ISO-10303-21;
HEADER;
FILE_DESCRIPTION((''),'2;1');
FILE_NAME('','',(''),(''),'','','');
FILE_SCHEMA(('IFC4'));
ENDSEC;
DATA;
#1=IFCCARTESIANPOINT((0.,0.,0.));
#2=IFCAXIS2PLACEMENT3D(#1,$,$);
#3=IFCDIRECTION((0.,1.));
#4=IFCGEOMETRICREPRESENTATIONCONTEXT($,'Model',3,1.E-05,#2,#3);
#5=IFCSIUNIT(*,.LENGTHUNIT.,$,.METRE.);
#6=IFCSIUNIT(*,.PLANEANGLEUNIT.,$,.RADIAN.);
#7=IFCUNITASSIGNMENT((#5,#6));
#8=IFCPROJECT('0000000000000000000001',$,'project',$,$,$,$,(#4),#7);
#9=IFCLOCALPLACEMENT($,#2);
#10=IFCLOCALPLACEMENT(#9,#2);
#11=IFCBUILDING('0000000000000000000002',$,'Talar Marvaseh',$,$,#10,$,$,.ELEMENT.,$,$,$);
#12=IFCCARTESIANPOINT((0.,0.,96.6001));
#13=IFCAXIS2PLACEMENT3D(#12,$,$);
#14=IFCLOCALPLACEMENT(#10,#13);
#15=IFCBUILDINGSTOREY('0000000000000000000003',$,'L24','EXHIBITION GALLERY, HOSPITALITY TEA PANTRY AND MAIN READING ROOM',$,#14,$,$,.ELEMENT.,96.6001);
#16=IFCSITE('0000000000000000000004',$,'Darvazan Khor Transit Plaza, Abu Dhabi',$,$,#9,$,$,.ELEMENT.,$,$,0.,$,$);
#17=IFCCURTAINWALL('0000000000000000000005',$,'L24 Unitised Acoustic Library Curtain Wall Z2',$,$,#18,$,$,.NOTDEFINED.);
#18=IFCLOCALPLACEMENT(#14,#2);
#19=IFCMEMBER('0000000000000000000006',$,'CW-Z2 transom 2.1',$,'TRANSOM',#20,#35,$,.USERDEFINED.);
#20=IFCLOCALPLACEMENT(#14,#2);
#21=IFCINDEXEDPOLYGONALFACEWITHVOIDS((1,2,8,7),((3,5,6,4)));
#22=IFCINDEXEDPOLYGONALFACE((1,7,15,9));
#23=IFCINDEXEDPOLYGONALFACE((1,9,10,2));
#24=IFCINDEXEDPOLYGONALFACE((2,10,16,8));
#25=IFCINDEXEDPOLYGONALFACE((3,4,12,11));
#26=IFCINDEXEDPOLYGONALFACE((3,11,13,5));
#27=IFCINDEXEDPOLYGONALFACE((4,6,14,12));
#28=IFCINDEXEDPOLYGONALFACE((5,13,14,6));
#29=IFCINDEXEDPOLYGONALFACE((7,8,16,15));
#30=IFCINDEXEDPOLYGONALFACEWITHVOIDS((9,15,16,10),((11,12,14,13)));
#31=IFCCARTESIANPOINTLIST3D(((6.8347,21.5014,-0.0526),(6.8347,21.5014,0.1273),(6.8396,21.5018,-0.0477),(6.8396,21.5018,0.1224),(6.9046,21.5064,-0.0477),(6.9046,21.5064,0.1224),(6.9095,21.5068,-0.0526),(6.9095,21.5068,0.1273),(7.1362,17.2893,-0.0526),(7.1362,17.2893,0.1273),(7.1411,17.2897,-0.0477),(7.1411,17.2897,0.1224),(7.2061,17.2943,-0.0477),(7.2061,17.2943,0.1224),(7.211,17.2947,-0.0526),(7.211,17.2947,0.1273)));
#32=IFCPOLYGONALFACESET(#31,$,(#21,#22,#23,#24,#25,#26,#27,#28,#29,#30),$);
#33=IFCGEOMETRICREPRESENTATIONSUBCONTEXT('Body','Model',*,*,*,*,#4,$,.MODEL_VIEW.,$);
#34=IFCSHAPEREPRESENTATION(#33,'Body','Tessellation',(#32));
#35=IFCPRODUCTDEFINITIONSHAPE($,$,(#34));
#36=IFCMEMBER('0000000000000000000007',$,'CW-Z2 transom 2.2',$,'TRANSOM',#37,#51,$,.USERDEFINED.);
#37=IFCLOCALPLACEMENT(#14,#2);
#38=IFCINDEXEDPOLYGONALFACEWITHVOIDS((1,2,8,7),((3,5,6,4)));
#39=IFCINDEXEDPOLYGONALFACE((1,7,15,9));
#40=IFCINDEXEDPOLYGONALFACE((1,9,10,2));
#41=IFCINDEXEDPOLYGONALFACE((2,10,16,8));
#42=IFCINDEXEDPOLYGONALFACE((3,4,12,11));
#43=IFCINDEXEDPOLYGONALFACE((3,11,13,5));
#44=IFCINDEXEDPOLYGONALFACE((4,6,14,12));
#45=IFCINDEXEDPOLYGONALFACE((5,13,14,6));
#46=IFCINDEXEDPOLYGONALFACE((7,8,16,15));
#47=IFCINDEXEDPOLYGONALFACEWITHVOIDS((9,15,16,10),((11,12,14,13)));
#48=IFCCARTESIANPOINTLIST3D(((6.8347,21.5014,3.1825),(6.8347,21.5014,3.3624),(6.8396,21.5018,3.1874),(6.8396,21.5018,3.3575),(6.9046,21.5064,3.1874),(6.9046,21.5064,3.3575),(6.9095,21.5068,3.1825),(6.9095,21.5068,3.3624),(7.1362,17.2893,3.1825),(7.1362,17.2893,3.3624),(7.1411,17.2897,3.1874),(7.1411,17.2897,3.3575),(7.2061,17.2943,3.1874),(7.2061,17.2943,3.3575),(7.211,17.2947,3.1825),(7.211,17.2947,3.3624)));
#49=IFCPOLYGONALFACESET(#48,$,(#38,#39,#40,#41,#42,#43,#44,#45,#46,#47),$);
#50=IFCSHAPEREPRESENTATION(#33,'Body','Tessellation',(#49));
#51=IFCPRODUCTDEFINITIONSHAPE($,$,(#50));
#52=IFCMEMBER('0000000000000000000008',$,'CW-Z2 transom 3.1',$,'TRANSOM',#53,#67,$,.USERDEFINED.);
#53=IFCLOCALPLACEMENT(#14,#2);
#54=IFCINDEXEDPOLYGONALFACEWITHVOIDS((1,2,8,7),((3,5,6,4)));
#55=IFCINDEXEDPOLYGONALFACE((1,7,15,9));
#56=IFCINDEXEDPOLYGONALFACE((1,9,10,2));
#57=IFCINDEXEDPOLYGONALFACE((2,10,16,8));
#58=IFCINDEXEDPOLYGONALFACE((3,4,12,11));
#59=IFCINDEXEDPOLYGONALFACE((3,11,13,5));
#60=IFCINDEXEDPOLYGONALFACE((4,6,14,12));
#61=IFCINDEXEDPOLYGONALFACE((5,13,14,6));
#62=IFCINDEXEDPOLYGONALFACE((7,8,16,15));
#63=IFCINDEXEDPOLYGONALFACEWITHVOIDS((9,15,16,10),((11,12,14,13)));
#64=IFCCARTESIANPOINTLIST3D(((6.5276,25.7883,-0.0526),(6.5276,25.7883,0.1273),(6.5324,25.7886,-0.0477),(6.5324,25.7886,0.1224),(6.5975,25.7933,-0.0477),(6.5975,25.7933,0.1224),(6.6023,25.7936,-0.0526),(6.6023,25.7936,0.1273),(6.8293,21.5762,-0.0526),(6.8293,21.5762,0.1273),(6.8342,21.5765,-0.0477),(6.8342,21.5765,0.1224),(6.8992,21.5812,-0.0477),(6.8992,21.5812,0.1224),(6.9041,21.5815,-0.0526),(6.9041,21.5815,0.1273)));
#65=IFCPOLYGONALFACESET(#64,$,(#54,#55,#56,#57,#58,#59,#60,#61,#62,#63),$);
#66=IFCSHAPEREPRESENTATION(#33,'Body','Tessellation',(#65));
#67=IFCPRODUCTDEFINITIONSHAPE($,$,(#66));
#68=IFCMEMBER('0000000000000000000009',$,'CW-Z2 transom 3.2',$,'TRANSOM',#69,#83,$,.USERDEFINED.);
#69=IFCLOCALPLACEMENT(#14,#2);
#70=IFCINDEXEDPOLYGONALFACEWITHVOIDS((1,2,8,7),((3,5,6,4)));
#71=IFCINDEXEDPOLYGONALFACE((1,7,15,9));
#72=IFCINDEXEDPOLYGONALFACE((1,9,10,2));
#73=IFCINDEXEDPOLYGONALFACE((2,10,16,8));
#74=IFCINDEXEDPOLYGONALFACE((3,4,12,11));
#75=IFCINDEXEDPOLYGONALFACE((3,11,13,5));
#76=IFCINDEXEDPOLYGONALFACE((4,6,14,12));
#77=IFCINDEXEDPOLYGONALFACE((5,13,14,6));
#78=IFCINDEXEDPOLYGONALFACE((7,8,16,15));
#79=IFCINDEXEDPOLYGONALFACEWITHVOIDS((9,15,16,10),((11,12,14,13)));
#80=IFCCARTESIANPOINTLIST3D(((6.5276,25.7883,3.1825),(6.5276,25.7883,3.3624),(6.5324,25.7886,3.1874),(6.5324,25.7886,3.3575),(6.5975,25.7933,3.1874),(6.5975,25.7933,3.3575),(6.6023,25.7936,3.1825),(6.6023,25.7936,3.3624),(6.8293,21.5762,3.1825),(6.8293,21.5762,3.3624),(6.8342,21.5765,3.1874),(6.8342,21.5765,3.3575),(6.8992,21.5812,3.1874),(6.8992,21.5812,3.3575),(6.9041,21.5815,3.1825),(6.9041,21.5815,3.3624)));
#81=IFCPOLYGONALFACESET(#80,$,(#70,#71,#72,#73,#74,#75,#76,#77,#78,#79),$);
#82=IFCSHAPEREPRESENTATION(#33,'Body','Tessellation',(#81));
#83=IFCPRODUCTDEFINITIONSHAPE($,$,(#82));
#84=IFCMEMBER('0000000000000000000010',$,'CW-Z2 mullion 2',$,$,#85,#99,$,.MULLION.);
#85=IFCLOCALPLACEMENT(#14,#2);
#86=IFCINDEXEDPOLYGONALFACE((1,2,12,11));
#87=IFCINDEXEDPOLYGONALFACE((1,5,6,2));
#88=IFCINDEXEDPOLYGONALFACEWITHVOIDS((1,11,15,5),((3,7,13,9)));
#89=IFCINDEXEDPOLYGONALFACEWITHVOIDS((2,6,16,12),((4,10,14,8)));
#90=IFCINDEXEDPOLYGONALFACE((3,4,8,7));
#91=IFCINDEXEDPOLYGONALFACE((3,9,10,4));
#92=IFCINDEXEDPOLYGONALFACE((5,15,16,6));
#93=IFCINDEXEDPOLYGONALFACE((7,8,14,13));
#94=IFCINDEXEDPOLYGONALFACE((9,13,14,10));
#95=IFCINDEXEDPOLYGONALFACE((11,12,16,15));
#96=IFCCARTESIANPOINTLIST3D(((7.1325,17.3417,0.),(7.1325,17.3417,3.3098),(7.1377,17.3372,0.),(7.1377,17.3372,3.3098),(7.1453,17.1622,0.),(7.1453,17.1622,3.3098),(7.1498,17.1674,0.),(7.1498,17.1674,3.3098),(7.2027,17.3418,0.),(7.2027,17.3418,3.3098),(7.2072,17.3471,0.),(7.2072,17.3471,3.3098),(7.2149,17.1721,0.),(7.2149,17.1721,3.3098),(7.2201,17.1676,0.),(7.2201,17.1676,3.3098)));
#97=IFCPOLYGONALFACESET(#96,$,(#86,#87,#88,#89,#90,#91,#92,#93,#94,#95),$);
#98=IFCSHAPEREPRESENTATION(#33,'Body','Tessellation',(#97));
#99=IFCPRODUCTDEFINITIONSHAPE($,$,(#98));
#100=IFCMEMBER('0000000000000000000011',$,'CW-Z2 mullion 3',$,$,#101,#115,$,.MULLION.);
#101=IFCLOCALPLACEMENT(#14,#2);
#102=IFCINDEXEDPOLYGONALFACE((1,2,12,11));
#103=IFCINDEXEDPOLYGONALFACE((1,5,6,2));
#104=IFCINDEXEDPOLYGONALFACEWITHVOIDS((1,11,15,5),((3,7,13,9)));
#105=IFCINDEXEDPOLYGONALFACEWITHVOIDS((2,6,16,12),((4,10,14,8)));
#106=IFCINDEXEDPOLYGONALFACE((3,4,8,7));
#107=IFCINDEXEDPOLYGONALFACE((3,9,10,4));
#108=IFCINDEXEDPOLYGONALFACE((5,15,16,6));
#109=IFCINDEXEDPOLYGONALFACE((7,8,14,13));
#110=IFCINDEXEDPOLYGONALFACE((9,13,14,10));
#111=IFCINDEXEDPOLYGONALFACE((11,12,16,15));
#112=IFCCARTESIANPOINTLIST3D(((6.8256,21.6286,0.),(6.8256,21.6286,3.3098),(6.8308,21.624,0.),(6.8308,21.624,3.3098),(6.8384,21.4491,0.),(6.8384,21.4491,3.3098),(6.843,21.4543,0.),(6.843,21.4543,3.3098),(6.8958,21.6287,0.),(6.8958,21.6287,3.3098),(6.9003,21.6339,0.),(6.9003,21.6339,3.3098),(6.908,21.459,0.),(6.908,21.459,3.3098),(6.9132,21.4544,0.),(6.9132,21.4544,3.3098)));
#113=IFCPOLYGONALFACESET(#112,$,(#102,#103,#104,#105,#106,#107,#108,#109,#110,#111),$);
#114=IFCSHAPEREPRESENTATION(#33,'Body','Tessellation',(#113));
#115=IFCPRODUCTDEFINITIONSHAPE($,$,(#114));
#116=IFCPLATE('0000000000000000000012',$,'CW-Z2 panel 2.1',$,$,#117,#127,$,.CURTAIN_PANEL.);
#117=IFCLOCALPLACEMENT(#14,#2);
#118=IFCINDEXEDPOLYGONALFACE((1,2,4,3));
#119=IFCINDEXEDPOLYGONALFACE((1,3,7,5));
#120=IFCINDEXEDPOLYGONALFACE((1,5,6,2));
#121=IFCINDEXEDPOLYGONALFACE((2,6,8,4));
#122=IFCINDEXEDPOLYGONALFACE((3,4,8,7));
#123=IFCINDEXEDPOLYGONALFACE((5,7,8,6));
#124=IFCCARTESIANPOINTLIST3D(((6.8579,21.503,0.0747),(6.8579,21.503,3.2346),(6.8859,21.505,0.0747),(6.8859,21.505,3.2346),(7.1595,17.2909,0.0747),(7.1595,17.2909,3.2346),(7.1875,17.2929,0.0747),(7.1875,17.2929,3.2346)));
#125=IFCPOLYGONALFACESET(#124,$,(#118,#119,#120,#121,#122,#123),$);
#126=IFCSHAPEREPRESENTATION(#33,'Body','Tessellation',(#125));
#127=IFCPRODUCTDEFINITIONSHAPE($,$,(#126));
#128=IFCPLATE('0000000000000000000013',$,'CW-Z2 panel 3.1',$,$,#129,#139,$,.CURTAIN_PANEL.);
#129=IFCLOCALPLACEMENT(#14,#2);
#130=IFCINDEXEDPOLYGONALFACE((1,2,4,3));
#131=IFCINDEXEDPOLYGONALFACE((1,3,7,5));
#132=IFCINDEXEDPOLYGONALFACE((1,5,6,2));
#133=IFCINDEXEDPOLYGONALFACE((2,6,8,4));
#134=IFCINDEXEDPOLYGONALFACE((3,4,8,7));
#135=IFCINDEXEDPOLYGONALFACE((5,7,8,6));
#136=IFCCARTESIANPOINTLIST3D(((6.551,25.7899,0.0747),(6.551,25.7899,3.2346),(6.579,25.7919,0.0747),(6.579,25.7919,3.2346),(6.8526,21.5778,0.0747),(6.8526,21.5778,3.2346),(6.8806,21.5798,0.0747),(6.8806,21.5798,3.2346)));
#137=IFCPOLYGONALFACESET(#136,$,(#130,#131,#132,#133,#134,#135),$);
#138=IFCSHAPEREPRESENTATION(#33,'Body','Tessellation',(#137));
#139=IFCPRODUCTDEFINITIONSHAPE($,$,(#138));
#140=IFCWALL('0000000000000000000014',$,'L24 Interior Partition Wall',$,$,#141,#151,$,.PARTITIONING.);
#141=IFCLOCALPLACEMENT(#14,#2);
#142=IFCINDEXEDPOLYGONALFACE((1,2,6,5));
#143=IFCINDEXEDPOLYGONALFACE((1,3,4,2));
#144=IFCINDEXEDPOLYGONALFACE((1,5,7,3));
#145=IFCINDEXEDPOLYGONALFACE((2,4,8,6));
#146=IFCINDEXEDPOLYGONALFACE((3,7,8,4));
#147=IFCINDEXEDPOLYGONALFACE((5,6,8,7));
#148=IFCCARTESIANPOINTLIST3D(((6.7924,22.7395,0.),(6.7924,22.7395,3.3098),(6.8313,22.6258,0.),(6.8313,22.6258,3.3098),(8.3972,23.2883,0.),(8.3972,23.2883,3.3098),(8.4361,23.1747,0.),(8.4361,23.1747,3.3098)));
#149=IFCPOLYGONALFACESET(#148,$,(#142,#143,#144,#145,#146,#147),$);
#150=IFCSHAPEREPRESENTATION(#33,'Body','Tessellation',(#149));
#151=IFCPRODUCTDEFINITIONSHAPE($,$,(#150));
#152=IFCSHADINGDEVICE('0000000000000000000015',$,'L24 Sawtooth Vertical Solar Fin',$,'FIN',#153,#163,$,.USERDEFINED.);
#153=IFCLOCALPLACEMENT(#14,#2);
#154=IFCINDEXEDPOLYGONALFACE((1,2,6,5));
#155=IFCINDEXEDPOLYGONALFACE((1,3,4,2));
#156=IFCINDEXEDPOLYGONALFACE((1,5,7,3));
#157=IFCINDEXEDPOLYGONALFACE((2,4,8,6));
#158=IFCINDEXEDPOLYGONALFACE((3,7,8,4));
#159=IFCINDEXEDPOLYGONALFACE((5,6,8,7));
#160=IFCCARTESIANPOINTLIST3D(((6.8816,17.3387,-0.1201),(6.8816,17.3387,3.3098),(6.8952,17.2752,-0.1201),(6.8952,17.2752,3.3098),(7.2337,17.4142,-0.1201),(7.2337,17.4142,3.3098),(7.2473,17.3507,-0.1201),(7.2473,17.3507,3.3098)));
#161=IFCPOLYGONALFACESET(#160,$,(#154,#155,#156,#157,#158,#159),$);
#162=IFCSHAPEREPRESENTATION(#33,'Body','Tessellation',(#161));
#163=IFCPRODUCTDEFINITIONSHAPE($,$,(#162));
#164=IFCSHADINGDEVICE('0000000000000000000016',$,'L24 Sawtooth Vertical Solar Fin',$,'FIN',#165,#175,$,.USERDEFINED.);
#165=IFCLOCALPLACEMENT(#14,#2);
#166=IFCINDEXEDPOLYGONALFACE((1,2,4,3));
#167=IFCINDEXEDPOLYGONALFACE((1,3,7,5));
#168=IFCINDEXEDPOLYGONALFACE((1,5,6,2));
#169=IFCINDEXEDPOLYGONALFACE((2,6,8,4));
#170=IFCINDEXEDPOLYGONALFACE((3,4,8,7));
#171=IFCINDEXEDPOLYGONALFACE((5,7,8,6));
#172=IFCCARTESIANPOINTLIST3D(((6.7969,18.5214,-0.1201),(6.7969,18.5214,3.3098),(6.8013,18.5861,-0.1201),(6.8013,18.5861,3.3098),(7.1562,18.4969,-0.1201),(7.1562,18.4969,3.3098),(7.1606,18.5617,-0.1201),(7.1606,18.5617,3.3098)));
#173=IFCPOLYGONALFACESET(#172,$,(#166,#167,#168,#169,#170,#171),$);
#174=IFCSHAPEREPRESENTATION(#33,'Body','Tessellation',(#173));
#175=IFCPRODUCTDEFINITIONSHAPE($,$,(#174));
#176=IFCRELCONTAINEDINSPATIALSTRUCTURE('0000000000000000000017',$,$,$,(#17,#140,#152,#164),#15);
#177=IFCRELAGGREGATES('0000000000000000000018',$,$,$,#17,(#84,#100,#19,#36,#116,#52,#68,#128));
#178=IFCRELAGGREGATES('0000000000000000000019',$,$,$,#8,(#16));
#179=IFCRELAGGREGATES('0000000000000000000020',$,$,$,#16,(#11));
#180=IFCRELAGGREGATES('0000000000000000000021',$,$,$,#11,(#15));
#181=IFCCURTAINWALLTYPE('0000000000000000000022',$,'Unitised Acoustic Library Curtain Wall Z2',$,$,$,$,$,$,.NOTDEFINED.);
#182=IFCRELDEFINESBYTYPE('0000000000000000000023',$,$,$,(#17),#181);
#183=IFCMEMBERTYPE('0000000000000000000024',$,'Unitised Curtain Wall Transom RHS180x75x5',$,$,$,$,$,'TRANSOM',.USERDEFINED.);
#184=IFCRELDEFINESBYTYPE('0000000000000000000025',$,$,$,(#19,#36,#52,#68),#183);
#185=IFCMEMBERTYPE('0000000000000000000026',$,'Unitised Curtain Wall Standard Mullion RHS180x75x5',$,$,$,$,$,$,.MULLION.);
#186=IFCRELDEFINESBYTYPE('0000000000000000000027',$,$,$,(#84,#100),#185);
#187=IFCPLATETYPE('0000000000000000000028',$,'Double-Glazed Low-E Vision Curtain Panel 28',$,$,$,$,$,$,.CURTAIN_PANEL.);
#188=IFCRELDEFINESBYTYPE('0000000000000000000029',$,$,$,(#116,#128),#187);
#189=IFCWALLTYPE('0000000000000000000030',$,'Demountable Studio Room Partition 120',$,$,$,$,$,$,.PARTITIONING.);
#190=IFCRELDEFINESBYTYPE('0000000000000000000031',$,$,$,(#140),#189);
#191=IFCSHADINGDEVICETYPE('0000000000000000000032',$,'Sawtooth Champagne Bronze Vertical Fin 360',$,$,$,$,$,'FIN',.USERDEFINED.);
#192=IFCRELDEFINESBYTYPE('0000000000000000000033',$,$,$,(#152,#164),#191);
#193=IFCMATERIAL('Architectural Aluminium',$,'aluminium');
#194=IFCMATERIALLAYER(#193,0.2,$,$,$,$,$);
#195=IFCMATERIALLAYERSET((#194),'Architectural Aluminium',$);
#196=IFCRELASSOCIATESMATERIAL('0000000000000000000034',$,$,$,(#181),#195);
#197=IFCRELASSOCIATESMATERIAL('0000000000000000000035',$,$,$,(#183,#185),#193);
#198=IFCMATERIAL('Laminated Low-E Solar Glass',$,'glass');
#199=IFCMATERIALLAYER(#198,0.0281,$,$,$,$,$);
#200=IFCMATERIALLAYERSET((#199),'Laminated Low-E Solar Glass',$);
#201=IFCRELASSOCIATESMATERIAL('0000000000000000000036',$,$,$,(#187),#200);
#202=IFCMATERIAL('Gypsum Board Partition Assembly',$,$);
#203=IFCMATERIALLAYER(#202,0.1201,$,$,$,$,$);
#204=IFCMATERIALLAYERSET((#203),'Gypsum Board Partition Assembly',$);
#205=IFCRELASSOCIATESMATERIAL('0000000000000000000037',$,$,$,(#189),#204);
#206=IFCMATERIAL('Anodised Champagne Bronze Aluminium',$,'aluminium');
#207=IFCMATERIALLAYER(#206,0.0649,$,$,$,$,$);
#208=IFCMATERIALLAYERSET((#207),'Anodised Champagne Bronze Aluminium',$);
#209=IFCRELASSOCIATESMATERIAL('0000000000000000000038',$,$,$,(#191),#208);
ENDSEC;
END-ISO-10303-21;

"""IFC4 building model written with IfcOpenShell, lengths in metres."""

from ifc_helpers import new_model, si_unit, direction, frame, frame_2d, origin, origin_2d, place, context, subcontext, project, spatial, rectangle, hollow_rectangle, extrude, source, transform, mapped, material, layer, layer_set, material_profile, profile_set, type_object, type_shapes, element, aggregate, save


model = new_model("IFC4")

# Units and contexts
model_context = context("Model", 3, precision=1e-05, world=origin(), true_north=direction((0.0, 1.0)))
body_context = subcontext(model_context, "Body", "Model", "MODEL_VIEW")
ifc_project = project(units=[si_unit("LENGTHUNIT", "METRE"), si_unit("PLANEANGLEUNIT", "RADIAN")], contexts=[model_context])

# Site, building, storey
site_placement = place(None, origin())
site = spatial("IfcSite", under=ifc_project, at=site_placement, Name="Darvazan Khor Transit Plaza, Abu Dhabi", CompositionType="ELEMENT", RefElevation=0.0)
building_placement = place(site_placement, origin())
building = spatial("IfcBuilding", under=site, at=building_placement, Name="Talar Marvaseh", CompositionType="ELEMENT")
storey_placement = place(building_placement, frame((0.0, 0.0, 96.6001)))
storey = spatial("IfcBuildingStorey", under=building, at=storey_placement, Name="L24", Description="EXHIBITION GALLERY, HOSPITALITY TEA PANTRY AND MAIN READING ROOM", CompositionType="ELEMENT", Elevation=96.6001)

# Curtain wall, members, plates
ifc_material_1 = material(Name="Architectural Aluminium", Category="aluminium")
ifc_layer_1 = layer(ifc_material_1, 0.2)
ifc_layer_set_1 = layer_set([ifc_layer_1], Name="Architectural Aluminium")
curtain_wall_type = type_object("IfcCurtainWallType", Name="Unitised Acoustic Library Curtain Wall Z2", PredefinedType="NOTDEFINED", material=ifc_layer_set_1)
curtain_wall_placement = place(storey_placement, origin())
curtain_wall = element("IfcCurtainWall", 1, at=curtain_wall_placement, inside=storey, type_object=curtain_wall_type, Name="L24 Unitised Acoustic Library Curtain Wall Z2", PredefinedType="NOTDEFINED")
ifc_material_profile_1 = material_profile(ifc_material_1, hollow_rectangle(XDim=0.075, YDim=0.1799, WallThickness=0.0049, at=origin_2d()), Name="RHS180x75x5")
ifc_profile_set_1 = profile_set([ifc_material_profile_1], Name="Architectural Aluminium")
member_type_1 = type_object("IfcMemberType", Name="Unitised Curtain Wall Transom RHS180x75x5", ElementType="TRANSOM", PredefinedType="USERDEFINED", material=ifc_profile_set_1)
shared_shape_1 = source(origin(), body_context, "Body", "SweptSolid", [
    extrude(hollow_rectangle(XDim=0.075, YDim=0.1799, WallThickness=0.0049, at=origin_2d()), origin(), (0.0, 0.0, 1.0), 4.2229),
])
type_shapes(member_type_1, [shared_shape_1])
member_1_placement = place(storey_placement, frame((7.1736, 17.292, 0.0374), z_axis=(-0.071399, 0.997448, 0.0), x_axis=(-0.997448, -0.071399, 0.0)))
member_1 = element("IfcMember", 2, at=member_1_placement, type_object=member_type_1, Name="CW-Z2 transom 2.1", ObjectType="TRANSOM", PredefinedType="USERDEFINED", context=body_context, shape_type="MappedRepresentation", body=[
    mapped(shared_shape_1, transform((0.0, 0.0, 0.0), x_axis=(1.0, 0.0, 0.0), y_axis=(0.0, 1.0, 0.0), z_axis=(0.0, 0.0, 1.0), scale=1.0)),
])
member_2_placement = place(storey_placement, frame((7.1736, 17.292, 3.2725), z_axis=(-0.071399, 0.997448, 0.0), x_axis=(-0.997448, -0.071399, 0.0)))
member_2 = element("IfcMember", 3, at=member_2_placement, type_object=member_type_1, Name="CW-Z2 transom 2.2", ObjectType="TRANSOM", PredefinedType="USERDEFINED", context=body_context, shape_type="MappedRepresentation", body=[
    mapped(shared_shape_1, transform((0.0, 0.0, 0.0), x_axis=(1.0, 0.0, 0.0), y_axis=(0.0, 1.0, 0.0), z_axis=(0.0, 0.0, 1.0), scale=1.0)),
])
member_3_placement = place(storey_placement, frame((6.8667, 21.5789, 0.0374), z_axis=(-0.071457, 0.997444, 0.0), x_axis=(-0.997444, -0.071457, 0.0)))
member_3 = element("IfcMember", 4, at=member_3_placement, type_object=member_type_1, Name="CW-Z2 transom 3.1", ObjectType="TRANSOM", PredefinedType="USERDEFINED", context=body_context, shape_type="MappedRepresentation", body=[
    mapped(shared_shape_1, transform((0.0, 0.0, 0.0), x_axis=(1.0, 0.0, 0.0), y_axis=(0.0, 1.0, 0.0), z_axis=(0.0, 0.0, 1.0), scale=1.0)),
])
member_4_placement = place(storey_placement, frame((6.8667, 21.5789, 3.2725), z_axis=(-0.071457, 0.997444, 0.0), x_axis=(-0.997444, -0.071457, 0.0)))
member_4 = element("IfcMember", 5, at=member_4_placement, type_object=member_type_1, Name="CW-Z2 transom 3.2", ObjectType="TRANSOM", PredefinedType="USERDEFINED", context=body_context, shape_type="MappedRepresentation", body=[
    mapped(shared_shape_1, transform((0.0, 0.0, 0.0), x_axis=(1.0, 0.0, 0.0), y_axis=(0.0, 1.0, 0.0), z_axis=(0.0, 0.0, 1.0), scale=1.0)),
])
ifc_material_profile_2 = material_profile(ifc_material_1, hollow_rectangle(XDim=0.075, YDim=0.1799, WallThickness=0.0049, at=origin_2d()), Name="RHS180x75x5")
ifc_profile_set_2 = profile_set([ifc_material_profile_2], Name="Architectural Aluminium")
member_type_2 = type_object("IfcMemberType", Name="Unitised Curtain Wall Standard Mullion RHS180x75x5", PredefinedType="MULLION", material=ifc_profile_set_2)
shared_shape_2 = source(origin(), body_context, "Body", "SweptSolid", [
    extrude(hollow_rectangle(XDim=0.075, YDim=0.1799, WallThickness=0.0049, at=origin_2d()), origin(), (0.0, 0.0, 1.0), 3.3098),
])
type_shapes(member_type_2, [shared_shape_2])
member_5_placement = place(storey_placement, frame((7.1763, 17.2546, 0.0), z_axis=(0.0, 0.0, 1.0), x_axis=(-0.997446, -0.07143, 0.0)))
member_5 = element("IfcMember", 6, at=member_5_placement, type_object=member_type_2, Name="CW-Z2 mullion 2", PredefinedType="MULLION", context=body_context, shape_type="MappedRepresentation", body=[
    mapped(shared_shape_2, transform((0.0, 0.0, 0.0), x_axis=(1.0, 0.0, 0.0), y_axis=(0.0, 1.0, 0.0), z_axis=(0.0, 0.0, 1.0), scale=1.0)),
])
member_6_placement = place(storey_placement, frame((6.8694, 21.5415, 0.0), z_axis=(0.0, 0.0, 1.0), x_axis=(-0.997446, -0.07143, 0.0)))
member_6 = element("IfcMember", 7, at=member_6_placement, type_object=member_type_2, Name="CW-Z2 mullion 3", PredefinedType="MULLION", context=body_context, shape_type="MappedRepresentation", body=[
    mapped(shared_shape_2, transform((0.0, 0.0, 0.0), x_axis=(1.0, 0.0, 0.0), y_axis=(0.0, 1.0, 0.0), z_axis=(0.0, 0.0, 1.0), scale=1.0)),
])
ifc_material_2 = material(Name="Laminated Low-E Solar Glass", Category="glass")
ifc_layer_2 = layer(ifc_material_2, 0.0281)
ifc_layer_set_2 = layer_set([ifc_layer_2], Name="Laminated Low-E Solar Glass")
plate_type = type_object("IfcPlateType", Name="Double-Glazed Low-E Vision Curtain Panel 28", PredefinedType="CURTAIN_PANEL", material=ifc_layer_set_2)
shared_shape_3 = source(origin(), body_context, "Body", "SweptSolid", [
    extrude(rectangle(XDim=4.2229, YDim=0.0281, at=origin_2d()), origin(), (0.0, 0.0, 1.0), 3.1599),
])
type_shapes(plate_type, [shared_shape_3])
plate_1_placement = place(storey_placement, frame((7.0227, 19.3979, 0.0747), z_axis=(0.0, 0.0, 1.0), x_axis=(-0.07143, 0.997446, 0.0)))
plate_1 = element("IfcPlate", 8, at=plate_1_placement, type_object=plate_type, Name="CW-Z2 panel 2.1", PredefinedType="CURTAIN_PANEL", context=body_context, shape_type="MappedRepresentation", body=[
    mapped(shared_shape_3, transform((0.0, 0.0, 0.0), x_axis=(1.0, 0.0, 0.0), y_axis=(0.0, 1.0, 0.0), z_axis=(0.0, 0.0, 1.0), scale=1.0)),
])
plate_2_placement = place(storey_placement, frame((6.7158, 23.6848, 0.0747), z_axis=(0.0, 0.0, 1.0), x_axis=(-0.07143, 0.997446, 0.0)))
plate_2 = element("IfcPlate", 9, at=plate_2_placement, type_object=plate_type, Name="CW-Z2 panel 3.1", PredefinedType="CURTAIN_PANEL", context=body_context, shape_type="MappedRepresentation", body=[
    mapped(shared_shape_3, transform((0.0, 0.0, 0.0), x_axis=(1.0, 0.0, 0.0), y_axis=(0.0, 1.0, 0.0), z_axis=(0.0, 0.0, 1.0), scale=1.0)),
])
aggregate(curtain_wall, [member_5, member_6, member_1, member_2, plate_1, member_3, member_4, plate_2])

# Wall
ifc_material_3 = material(Name="Gypsum Board Partition Assembly")
ifc_layer_3 = layer(ifc_material_3, 0.1201)
ifc_layer_set_3 = layer_set([ifc_layer_3], Name="Gypsum Board Partition Assembly")
wall_type = type_object("IfcWallType", Name="Demountable Studio Room Partition 120", PredefinedType="PARTITIONING", material=ifc_layer_set_3)
wall_placement = place(storey_placement, frame((6.8118, 22.6826, 0.0), z_axis=(0.0, 0.0, 1.0), x_axis=(0.946193, 0.323603, 0.0)))
element("IfcWall", 10, at=wall_placement, inside=storey, type_object=wall_type, Name="L24 Interior Partition Wall", PredefinedType="PARTITIONING", context=body_context, shape_type="SweptSolid", body=[
    extrude(rectangle(XDim=1.696, YDim=0.1201, at=frame_2d((0.8481, 0.0))), origin(), (0.0, 0.0, 1.0), 3.3098),
])

# Shading devices
ifc_material_4 = material(Name="Anodised Champagne Bronze Aluminium", Category="aluminium")
ifc_layer_4 = layer(ifc_material_4, 0.0649)
ifc_layer_set_4 = layer_set([ifc_layer_4], Name="Anodised Champagne Bronze Aluminium")
shading_device_type_1 = type_object("IfcShadingDeviceType", Name="Sawtooth Champagne Bronze Vertical Fin 360", ElementType="FIN", PredefinedType="USERDEFINED", material=ifc_layer_set_4)
shared_shape_4 = source(origin(), body_context, "Body", "SweptSolid", [
    extrude(rectangle(XDim=0.3601, YDim=0.0649, at=origin_2d()), origin(), (0.0, 0.0, 1.0), 3.4299),
])
type_shapes(shading_device_type_1, [shared_shape_4])
for number, where, z_axis, x_axis, name in (
    (11, (7.0645, 17.3447, -0.1201), (0.0, 0.0, 1.0), (-0.977783, -0.209619, 0.0), "L24 Sawtooth Vertical Solar Fin"),
    (12, (6.9788, 18.5415, -0.1201), (0.0, 0.0, 1.0), (-0.997684, 0.068015, 0.0), "L24 Sawtooth Vertical Solar Fin"),
):
    element("IfcShadingDevice", number, at=place(storey_placement, frame(where, z_axis=z_axis, x_axis=x_axis)), inside=storey, type_object=shading_device_type_1, Name=name, ObjectType="FIN", PredefinedType="USERDEFINED", context=body_context, shape_type="MappedRepresentation", body=[
        mapped(shared_shape_4, transform((0.0, 0.0, 0.0), x_axis=(1.0, 0.0, 0.0), y_axis=(0.0, 1.0, 0.0), z_axis=(0.0, 0.0, 1.0), scale=1.0)),
    ])

save(model, "model.ifc")
